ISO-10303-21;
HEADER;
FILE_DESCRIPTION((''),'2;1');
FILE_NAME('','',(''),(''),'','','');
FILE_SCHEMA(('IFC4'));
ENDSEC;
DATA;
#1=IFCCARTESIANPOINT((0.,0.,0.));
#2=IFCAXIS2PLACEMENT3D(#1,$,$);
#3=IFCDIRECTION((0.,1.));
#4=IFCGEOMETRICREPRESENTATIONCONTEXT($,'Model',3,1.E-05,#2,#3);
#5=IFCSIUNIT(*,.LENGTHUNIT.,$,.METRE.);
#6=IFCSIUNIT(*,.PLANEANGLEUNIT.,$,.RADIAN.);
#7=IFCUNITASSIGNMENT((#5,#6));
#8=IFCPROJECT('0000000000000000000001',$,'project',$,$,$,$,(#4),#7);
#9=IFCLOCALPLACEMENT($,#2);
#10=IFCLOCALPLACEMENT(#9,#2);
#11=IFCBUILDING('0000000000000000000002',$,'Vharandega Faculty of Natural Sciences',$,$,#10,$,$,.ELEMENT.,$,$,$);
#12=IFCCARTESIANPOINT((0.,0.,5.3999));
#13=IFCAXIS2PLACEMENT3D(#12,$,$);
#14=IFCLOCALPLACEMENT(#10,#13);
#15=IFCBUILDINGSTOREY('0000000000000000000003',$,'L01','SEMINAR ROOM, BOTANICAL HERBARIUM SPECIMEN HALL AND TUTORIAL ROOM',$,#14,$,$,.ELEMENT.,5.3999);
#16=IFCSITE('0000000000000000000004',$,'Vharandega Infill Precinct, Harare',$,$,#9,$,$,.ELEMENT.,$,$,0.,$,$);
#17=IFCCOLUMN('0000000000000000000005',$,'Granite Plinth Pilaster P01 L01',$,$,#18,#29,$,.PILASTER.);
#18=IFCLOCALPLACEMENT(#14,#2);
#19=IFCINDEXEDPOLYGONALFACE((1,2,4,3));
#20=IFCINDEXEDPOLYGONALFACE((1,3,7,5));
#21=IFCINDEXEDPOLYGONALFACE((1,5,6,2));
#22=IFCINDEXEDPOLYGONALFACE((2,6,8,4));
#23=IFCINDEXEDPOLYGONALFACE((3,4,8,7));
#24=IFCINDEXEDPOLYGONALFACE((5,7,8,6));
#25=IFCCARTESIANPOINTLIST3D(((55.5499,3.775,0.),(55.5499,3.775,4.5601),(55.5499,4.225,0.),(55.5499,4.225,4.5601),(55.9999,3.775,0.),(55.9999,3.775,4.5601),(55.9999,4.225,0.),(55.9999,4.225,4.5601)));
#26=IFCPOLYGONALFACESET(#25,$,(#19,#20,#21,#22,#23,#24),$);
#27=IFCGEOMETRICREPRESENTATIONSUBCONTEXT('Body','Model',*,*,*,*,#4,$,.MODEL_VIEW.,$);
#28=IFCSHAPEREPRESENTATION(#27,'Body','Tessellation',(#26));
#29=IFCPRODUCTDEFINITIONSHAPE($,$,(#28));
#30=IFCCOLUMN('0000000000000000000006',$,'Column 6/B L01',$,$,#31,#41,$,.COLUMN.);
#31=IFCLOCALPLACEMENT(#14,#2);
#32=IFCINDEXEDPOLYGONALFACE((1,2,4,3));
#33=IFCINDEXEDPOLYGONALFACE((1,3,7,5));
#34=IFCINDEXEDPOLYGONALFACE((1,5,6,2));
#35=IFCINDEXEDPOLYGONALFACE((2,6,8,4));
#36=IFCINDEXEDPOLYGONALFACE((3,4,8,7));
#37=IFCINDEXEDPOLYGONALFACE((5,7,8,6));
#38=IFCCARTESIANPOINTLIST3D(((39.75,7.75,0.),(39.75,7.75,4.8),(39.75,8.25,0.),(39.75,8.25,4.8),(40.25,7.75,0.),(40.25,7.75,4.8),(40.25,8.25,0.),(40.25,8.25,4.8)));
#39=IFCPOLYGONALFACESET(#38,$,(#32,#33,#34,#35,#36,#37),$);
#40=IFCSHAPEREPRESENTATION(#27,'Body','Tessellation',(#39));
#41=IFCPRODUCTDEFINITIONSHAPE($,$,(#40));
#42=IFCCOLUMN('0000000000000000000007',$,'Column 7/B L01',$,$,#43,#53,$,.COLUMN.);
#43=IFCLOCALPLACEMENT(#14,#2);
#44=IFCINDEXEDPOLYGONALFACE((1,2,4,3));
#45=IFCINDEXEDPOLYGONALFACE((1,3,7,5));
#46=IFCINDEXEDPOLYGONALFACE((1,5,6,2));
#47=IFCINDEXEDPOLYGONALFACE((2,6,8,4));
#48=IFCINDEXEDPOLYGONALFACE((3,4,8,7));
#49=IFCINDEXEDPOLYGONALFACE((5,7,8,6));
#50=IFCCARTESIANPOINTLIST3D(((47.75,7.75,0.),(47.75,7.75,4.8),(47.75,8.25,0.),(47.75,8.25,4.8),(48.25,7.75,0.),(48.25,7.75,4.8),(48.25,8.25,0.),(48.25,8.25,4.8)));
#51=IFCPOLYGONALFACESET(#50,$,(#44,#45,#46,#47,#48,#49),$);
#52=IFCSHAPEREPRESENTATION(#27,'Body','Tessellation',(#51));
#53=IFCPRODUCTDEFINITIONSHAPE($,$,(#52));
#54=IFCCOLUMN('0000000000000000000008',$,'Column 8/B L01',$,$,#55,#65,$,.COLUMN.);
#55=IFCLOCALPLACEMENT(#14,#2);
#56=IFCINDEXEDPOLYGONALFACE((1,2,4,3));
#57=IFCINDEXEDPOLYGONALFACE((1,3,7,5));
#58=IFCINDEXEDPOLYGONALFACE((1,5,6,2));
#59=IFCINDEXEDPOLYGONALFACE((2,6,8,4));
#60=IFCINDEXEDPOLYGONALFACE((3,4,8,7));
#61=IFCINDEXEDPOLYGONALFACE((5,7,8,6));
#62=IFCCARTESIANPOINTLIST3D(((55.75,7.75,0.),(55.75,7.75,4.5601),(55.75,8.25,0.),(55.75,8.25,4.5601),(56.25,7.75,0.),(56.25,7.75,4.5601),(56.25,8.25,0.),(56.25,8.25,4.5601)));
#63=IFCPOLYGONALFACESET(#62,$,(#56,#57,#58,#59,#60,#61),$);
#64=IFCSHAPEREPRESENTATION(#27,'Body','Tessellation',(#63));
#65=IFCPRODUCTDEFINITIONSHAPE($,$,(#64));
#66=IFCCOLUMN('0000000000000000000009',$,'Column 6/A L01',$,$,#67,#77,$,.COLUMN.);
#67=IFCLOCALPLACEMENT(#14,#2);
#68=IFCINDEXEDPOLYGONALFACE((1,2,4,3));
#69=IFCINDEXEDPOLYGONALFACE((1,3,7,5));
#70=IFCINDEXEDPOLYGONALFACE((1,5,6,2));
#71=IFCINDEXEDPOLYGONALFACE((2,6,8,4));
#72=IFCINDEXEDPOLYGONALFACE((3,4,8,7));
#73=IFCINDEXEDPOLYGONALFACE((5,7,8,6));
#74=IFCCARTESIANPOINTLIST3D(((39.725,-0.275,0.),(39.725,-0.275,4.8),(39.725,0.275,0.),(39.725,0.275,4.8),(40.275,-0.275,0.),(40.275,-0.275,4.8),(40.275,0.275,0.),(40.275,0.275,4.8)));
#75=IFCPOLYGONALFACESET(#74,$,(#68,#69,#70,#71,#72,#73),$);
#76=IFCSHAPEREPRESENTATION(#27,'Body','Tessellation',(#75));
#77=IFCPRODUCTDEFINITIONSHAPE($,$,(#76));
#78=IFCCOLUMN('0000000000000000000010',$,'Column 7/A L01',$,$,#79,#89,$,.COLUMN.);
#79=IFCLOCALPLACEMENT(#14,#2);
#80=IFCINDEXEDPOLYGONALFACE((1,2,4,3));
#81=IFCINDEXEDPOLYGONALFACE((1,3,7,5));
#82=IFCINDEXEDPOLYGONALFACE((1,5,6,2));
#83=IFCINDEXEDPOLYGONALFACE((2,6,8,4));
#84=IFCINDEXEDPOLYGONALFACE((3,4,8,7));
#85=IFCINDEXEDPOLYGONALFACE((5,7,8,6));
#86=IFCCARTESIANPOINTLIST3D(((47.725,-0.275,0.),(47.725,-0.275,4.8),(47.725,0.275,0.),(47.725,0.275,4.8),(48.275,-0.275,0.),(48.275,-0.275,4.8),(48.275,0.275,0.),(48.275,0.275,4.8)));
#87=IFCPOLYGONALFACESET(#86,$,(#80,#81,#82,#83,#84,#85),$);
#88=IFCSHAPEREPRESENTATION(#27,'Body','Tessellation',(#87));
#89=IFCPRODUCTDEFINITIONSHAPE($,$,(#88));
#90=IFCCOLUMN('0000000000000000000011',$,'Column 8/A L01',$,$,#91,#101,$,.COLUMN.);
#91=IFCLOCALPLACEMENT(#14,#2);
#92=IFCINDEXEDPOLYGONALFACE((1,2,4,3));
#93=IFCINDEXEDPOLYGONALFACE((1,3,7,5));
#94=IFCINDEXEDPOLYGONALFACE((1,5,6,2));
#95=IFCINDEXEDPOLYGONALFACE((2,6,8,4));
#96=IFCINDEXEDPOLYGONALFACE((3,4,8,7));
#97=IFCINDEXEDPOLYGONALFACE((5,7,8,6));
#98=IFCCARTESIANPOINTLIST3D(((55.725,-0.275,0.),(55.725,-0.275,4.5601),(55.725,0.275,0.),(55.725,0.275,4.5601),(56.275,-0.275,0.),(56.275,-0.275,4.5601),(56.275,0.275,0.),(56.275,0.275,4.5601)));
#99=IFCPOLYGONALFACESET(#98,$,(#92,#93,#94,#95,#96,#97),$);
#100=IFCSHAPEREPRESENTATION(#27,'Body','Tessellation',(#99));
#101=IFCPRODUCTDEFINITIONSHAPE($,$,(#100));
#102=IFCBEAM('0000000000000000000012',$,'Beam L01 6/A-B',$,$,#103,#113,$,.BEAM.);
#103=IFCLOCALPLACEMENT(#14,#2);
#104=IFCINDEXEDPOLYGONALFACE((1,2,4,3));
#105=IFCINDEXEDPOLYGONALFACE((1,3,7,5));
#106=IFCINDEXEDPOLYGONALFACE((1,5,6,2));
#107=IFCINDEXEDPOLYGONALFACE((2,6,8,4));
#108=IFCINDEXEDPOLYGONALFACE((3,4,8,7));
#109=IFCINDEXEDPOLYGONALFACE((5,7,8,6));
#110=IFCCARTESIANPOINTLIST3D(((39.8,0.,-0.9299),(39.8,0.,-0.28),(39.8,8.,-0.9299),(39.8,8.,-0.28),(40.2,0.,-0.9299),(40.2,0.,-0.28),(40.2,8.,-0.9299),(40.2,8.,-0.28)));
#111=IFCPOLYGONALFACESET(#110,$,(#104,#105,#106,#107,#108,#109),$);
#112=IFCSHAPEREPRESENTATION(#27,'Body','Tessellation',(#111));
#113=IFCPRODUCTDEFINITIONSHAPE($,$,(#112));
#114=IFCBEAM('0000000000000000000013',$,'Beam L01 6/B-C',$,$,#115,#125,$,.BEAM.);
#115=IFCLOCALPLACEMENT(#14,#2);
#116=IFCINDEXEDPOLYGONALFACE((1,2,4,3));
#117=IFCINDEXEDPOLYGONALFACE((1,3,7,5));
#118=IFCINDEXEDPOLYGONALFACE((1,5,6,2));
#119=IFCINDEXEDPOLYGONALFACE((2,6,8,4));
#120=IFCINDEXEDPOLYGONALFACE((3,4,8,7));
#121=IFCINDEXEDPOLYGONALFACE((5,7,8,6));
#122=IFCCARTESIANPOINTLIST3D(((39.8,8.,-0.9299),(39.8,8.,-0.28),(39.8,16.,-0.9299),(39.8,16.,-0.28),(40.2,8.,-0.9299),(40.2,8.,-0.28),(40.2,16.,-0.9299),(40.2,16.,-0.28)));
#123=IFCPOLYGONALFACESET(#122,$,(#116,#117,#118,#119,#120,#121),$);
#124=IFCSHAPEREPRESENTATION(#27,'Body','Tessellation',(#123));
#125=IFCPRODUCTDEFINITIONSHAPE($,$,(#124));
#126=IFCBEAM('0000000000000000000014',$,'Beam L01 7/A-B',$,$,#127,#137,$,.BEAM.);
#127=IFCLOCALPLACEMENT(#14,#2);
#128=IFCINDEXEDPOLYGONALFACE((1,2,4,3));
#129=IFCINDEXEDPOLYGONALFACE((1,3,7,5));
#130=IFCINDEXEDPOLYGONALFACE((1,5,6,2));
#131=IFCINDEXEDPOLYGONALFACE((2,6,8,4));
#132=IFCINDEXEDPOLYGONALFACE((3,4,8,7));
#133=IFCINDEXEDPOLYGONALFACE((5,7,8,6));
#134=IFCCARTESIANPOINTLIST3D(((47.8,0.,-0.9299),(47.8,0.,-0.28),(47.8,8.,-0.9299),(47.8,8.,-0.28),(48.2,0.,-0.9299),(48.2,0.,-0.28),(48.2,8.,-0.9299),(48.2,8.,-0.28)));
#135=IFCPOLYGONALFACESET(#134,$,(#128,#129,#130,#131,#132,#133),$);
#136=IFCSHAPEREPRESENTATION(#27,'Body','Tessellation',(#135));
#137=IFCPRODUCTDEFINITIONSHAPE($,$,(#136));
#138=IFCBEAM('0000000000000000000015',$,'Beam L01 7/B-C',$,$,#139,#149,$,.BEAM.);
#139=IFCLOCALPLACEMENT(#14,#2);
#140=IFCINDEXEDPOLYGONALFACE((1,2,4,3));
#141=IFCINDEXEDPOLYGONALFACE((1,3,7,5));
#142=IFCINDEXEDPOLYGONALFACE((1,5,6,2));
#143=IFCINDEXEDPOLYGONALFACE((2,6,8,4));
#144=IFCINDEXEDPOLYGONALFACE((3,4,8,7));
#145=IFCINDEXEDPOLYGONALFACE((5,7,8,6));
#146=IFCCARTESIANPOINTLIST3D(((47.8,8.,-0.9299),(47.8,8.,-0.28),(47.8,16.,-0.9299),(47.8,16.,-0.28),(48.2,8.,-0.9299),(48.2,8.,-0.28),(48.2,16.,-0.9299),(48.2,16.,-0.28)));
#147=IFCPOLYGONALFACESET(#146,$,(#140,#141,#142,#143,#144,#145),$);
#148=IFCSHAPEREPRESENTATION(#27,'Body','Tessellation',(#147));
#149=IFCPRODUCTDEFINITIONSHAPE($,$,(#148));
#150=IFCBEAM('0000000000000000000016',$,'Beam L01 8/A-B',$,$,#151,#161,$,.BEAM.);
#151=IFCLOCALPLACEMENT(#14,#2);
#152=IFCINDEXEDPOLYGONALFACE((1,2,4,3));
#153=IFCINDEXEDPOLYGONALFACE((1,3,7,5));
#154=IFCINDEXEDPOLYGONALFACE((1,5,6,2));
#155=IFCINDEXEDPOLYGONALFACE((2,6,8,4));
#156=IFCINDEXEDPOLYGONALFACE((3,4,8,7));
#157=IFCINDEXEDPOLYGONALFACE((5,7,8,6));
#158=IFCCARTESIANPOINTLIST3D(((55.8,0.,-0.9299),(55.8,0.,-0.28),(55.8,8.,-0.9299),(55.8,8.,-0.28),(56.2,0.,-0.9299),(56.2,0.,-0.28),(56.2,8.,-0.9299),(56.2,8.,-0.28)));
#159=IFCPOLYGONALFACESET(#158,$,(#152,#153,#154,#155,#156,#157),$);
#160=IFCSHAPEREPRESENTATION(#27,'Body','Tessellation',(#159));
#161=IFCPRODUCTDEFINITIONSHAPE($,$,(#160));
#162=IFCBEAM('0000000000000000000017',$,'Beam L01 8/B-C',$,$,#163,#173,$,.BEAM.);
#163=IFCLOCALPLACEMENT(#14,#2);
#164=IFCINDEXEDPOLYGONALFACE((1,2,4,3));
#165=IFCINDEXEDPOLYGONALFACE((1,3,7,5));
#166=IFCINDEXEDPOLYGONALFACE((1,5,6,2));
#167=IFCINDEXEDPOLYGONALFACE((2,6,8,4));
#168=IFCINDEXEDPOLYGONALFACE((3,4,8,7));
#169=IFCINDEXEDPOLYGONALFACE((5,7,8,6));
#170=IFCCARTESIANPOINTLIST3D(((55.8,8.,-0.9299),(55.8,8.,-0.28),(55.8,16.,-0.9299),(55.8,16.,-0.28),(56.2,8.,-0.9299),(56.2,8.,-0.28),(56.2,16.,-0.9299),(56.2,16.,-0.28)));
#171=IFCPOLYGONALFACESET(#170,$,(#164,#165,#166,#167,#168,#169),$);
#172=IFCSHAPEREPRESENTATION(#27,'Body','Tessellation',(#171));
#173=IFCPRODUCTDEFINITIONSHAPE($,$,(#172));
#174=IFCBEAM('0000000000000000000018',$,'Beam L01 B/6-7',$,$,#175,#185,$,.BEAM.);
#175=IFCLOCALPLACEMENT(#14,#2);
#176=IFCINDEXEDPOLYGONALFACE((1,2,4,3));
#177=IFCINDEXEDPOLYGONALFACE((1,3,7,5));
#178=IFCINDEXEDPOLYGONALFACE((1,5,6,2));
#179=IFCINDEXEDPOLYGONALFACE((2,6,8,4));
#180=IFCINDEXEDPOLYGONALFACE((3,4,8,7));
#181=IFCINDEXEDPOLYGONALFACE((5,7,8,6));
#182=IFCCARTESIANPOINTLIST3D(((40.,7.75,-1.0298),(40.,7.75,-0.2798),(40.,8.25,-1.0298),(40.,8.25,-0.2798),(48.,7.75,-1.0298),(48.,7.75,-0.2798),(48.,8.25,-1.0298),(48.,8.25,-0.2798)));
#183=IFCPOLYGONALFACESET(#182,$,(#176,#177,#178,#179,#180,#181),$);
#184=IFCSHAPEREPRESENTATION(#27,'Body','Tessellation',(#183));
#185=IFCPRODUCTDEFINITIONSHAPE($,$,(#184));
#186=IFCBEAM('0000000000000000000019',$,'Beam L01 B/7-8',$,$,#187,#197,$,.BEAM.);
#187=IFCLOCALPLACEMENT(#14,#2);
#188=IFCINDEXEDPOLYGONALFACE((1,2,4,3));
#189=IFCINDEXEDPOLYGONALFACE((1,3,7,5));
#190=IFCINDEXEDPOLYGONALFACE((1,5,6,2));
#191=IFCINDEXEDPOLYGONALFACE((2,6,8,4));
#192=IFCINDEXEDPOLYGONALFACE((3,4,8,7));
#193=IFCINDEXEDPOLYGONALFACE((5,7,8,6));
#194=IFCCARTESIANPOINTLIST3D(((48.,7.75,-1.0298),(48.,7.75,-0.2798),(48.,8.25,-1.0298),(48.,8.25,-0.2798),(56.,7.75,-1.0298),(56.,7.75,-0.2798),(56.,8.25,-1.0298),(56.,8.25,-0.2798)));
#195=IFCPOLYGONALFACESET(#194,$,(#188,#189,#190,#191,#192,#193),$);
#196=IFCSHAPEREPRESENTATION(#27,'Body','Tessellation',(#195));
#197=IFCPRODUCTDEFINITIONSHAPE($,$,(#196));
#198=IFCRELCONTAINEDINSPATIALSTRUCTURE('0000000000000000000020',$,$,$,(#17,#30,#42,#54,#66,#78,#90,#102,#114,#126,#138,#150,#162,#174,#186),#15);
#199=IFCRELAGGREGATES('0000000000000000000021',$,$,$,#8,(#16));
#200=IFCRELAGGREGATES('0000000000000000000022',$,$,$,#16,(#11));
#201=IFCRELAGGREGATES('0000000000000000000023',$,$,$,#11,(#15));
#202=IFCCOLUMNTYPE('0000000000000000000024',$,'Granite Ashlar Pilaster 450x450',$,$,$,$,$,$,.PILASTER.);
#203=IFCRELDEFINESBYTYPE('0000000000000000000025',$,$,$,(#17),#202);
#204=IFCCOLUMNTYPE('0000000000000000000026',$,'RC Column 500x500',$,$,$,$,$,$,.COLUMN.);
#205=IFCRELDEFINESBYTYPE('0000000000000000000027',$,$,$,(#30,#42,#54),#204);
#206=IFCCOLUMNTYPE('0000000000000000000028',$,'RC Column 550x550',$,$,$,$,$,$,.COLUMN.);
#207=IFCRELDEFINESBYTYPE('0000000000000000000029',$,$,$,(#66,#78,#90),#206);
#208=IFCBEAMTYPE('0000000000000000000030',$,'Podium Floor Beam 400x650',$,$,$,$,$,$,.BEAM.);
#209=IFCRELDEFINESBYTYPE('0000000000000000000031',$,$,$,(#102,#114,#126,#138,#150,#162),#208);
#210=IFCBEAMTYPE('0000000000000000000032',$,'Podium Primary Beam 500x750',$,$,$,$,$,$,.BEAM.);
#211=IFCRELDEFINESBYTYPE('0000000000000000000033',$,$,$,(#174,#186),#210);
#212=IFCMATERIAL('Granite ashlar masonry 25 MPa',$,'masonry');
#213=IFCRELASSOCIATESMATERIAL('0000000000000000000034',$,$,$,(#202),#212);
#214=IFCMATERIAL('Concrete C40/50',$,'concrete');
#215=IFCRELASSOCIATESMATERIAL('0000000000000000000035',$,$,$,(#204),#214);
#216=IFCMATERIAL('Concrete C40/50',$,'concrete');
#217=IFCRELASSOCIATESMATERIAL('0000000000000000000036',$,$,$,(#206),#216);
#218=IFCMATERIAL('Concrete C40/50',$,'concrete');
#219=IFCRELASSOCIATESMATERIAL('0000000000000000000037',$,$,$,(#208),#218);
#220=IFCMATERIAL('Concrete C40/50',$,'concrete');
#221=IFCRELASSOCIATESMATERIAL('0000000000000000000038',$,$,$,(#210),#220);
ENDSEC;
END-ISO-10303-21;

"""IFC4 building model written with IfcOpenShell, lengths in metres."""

from ifc_helpers import new_model, si_unit, direction, frame, origin, origin_2d, place, context, subcontext, project, spatial, rectangle, extrude, material, material_profile, profile_set, type_object, element, save


model = new_model("IFC4")

# Units and contexts
model_context = context("Model", 3, precision=1e-05, world=origin(), true_north=direction((0.0, 1.0)))
body_context = subcontext(model_context, "Body", "Model", "MODEL_VIEW")
ifc_project = project(units=[si_unit("LENGTHUNIT", "METRE"), si_unit("PLANEANGLEUNIT", "RADIAN")], contexts=[model_context])

# Site, building, storey
site_placement = place(None, origin())
site = spatial("IfcSite", under=ifc_project, at=site_placement, Name="Vharandega Infill Precinct, Harare", CompositionType="ELEMENT", RefElevation=0.0)
building_placement = place(site_placement, origin())
building = spatial("IfcBuilding", under=site, at=building_placement, Name="Vharandega Faculty of Natural Sciences", CompositionType="ELEMENT")
storey_placement = place(building_placement, frame((0.0, 0.0, 5.3999)))
storey = spatial("IfcBuildingStorey", under=building, at=storey_placement, Name="L01", Description="SEMINAR ROOM, BOTANICAL HERBARIUM SPECIMEN HALL AND TUTORIAL ROOM", CompositionType="ELEMENT", Elevation=5.3999)

# Columns
ifc_material_1 = material(Name="Granite ashlar masonry 25 MPa", Category="masonry")
ifc_material_profile_1 = material_profile(ifc_material_1, rectangle(XDim=0.45, YDim=0.45, at=origin_2d()), Name="RECT 450X450")
ifc_profile_set_1 = profile_set([ifc_material_profile_1], Name="Granite ashlar masonry 25 MPa")
column_type_1 = type_object("IfcColumnType", Name="Granite Ashlar Pilaster 450x450", PredefinedType="PILASTER", material=ifc_profile_set_1)
column_1_placement = place(storey_placement, frame((55.7749, 4.0, 0.0), z_axis=(0.0, 0.0, 1.0), x_axis=(1.0, 0.0, 0.0)))
element("IfcColumn", 1, at=column_1_placement, inside=storey, type_object=column_type_1, Name="Granite Plinth Pilaster P01 L01", PredefinedType="PILASTER", context=body_context, shape_type="SweptSolid", body=[
    extrude(rectangle(XDim=0.45, YDim=0.45, at=origin_2d()), origin(), (0.0, 0.0, 1.0), 4.5601),
])
ifc_material_2 = material(Name="Concrete C40/50", Category="concrete")
ifc_material_profile_2 = material_profile(ifc_material_2, rectangle(XDim=0.5, YDim=0.5, at=origin_2d()), Name="RC 500x500")
ifc_profile_set_2 = profile_set([ifc_material_profile_2], Name="Concrete C40/50")
column_type_2 = type_object("IfcColumnType", Name="RC Column 500x500", PredefinedType="COLUMN", material=ifc_profile_set_2)
for number, where, z_axis, x_axis, name in (
    (2, (40.0, 8.0, 0.0), (0.0, 0.0, 1.0), (1.0, 0.0, 0.0), "Column 6/B L01"),
    (3, (48.0, 8.0, 0.0), (0.0, 0.0, 1.0), (1.0, 0.0, 0.0), "Column 7/B L01"),
):
    element("IfcColumn", number, at=place(storey_placement, frame(where, z_axis=z_axis, x_axis=x_axis)), inside=storey, type_object=column_type_2, Name=name, PredefinedType="COLUMN", context=body_context, shape_type="SweptSolid", body=[
        extrude(rectangle(XDim=0.5, YDim=0.5, at=origin_2d()), origin(), (0.0, 0.0, 1.0), 4.8),
    ])
column_2_placement = place(storey_placement, frame((56.0, 8.0, 0.0), z_axis=(0.0, 0.0, 1.0), x_axis=(1.0, 0.0, 0.0)))
element("IfcColumn", 4, at=column_2_placement, inside=storey, type_object=column_type_2, Name="Column 8/B L01", PredefinedType="COLUMN", context=body_context, shape_type="SweptSolid", body=[
    extrude(rectangle(XDim=0.5, YDim=0.5, at=origin_2d()), origin(), (0.0, 0.0, 1.0), 4.5601),
])
ifc_material_3 = material(Name="Concrete C40/50", Category="concrete")
ifc_material_profile_3 = material_profile(ifc_material_3, rectangle(XDim=0.55, YDim=0.55, at=origin_2d()), Name="RC 550x550")
ifc_profile_set_3 = profile_set([ifc_material_profile_3], Name="Concrete C40/50")
column_type_3 = type_object("IfcColumnType", Name="RC Column 550x550", PredefinedType="COLUMN", material=ifc_profile_set_3)
for number, where, z_axis, x_axis, name in (
    (5, (40.0, 0.0, 0.0), (0.0, 0.0, 1.0), (1.0, 0.0, 0.0), "Column 6/A L01"),
    (6, (48.0, 0.0, 0.0), (0.0, 0.0, 1.0), (1.0, 0.0, 0.0), "Column 7/A L01"),
):
    element("IfcColumn", number, at=place(storey_placement, frame(where, z_axis=z_axis, x_axis=x_axis)), inside=storey, type_object=column_type_3, Name=name, PredefinedType="COLUMN", context=body_context, shape_type="SweptSolid", body=[
        extrude(rectangle(XDim=0.55, YDim=0.55, at=origin_2d()), origin(), (0.0, 0.0, 1.0), 4.8),
    ])
column_3_placement = place(storey_placement, frame((56.0, 0.0, 0.0), z_axis=(0.0, 0.0, 1.0), x_axis=(1.0, 0.0, 0.0)))
element("IfcColumn", 7, at=column_3_placement, inside=storey, type_object=column_type_3, Name="Column 8/A L01", PredefinedType="COLUMN", context=body_context, shape_type="SweptSolid", body=[
    extrude(rectangle(XDim=0.55, YDim=0.55, at=origin_2d()), origin(), (0.0, 0.0, 1.0), 4.5601),
])

# Beams
ifc_material_4 = material(Name="Concrete C40/50", Category="concrete")
ifc_material_profile_4 = material_profile(ifc_material_4, rectangle(XDim=0.3999, YDim=0.6499, at=origin_2d()), Name="RC 400x650")
ifc_profile_set_4 = profile_set([ifc_material_profile_4], Name="Concrete C40/50")
beam_type_1 = type_object("IfcBeamType", Name="Podium Floor Beam 400x650", PredefinedType="BEAM", material=ifc_profile_set_4)
for number, where, z_axis, x_axis, name in (
    (8, (40.0, 0.0, -0.605), (0.0, 1.0, 0.0), (-1.0, 0.0, 0.0), "Beam L01 6/A-B"),
    (9, (40.0, 8.0, -0.605), (0.0, 1.0, 0.0), (-1.0, 0.0, 0.0), "Beam L01 6/B-C"),
    (10, (48.0, 0.0, -0.605), (0.0, 1.0, 0.0), (-1.0, 0.0, 0.0), "Beam L01 7/A-B"),
    (11, (48.0, 8.0, -0.605), (0.0, 1.0, 0.0), (-1.0, 0.0, 0.0), "Beam L01 7/B-C"),
    (12, (56.0, 0.0, -0.605), (0.0, 1.0, 0.0), (-1.0, 0.0, 0.0), "Beam L01 8/A-B"),
    (13, (56.0, 8.0, -0.605), (0.0, 1.0, 0.0), (-1.0, 0.0, 0.0), "Beam L01 8/B-C"),
):
    element("IfcBeam", number, at=place(storey_placement, frame(where, z_axis=z_axis, x_axis=x_axis)), inside=storey, type_object=beam_type_1, Name=name, PredefinedType="BEAM", context=body_context, shape_type="SweptSolid", body=[
        extrude(rectangle(XDim=0.3999, YDim=0.6499, at=origin_2d()), origin(), (0.0, 0.0, 1.0), 8.0),
    ])
ifc_material_5 = material(Name="Concrete C40/50", Category="concrete")
ifc_material_profile_5 = material_profile(ifc_material_5, rectangle(XDim=0.5, YDim=0.75, at=origin_2d()), Name="RC 500x750")
ifc_profile_set_5 = profile_set([ifc_material_profile_5], Name="Concrete C40/50")
beam_type_2 = type_object("IfcBeamType", Name="Podium Primary Beam 500x750", PredefinedType="BEAM", material=ifc_profile_set_5)
for number, where, z_axis, x_axis, name in (
    (14, (40.0, 8.0, -0.6548), (1.0, 0.0, 0.0), (0.0, 1.0, 0.0), "Beam L01 B/6-7"),
    (15, (48.0, 8.0, -0.6548), (1.0, 0.0, 0.0), (0.0, 1.0, 0.0), "Beam L01 B/7-8"),
):
    element("IfcBeam", number, at=place(storey_placement, frame(where, z_axis=z_axis, x_axis=x_axis)), inside=storey, type_object=beam_type_2, Name=name, PredefinedType="BEAM", context=body_context, shape_type="SweptSolid", body=[
        extrude(rectangle(XDim=0.5, YDim=0.75, at=origin_2d()), origin(), (0.0, 0.0, 1.0), 8.0),
    ])

save(model, "model.ifc")
